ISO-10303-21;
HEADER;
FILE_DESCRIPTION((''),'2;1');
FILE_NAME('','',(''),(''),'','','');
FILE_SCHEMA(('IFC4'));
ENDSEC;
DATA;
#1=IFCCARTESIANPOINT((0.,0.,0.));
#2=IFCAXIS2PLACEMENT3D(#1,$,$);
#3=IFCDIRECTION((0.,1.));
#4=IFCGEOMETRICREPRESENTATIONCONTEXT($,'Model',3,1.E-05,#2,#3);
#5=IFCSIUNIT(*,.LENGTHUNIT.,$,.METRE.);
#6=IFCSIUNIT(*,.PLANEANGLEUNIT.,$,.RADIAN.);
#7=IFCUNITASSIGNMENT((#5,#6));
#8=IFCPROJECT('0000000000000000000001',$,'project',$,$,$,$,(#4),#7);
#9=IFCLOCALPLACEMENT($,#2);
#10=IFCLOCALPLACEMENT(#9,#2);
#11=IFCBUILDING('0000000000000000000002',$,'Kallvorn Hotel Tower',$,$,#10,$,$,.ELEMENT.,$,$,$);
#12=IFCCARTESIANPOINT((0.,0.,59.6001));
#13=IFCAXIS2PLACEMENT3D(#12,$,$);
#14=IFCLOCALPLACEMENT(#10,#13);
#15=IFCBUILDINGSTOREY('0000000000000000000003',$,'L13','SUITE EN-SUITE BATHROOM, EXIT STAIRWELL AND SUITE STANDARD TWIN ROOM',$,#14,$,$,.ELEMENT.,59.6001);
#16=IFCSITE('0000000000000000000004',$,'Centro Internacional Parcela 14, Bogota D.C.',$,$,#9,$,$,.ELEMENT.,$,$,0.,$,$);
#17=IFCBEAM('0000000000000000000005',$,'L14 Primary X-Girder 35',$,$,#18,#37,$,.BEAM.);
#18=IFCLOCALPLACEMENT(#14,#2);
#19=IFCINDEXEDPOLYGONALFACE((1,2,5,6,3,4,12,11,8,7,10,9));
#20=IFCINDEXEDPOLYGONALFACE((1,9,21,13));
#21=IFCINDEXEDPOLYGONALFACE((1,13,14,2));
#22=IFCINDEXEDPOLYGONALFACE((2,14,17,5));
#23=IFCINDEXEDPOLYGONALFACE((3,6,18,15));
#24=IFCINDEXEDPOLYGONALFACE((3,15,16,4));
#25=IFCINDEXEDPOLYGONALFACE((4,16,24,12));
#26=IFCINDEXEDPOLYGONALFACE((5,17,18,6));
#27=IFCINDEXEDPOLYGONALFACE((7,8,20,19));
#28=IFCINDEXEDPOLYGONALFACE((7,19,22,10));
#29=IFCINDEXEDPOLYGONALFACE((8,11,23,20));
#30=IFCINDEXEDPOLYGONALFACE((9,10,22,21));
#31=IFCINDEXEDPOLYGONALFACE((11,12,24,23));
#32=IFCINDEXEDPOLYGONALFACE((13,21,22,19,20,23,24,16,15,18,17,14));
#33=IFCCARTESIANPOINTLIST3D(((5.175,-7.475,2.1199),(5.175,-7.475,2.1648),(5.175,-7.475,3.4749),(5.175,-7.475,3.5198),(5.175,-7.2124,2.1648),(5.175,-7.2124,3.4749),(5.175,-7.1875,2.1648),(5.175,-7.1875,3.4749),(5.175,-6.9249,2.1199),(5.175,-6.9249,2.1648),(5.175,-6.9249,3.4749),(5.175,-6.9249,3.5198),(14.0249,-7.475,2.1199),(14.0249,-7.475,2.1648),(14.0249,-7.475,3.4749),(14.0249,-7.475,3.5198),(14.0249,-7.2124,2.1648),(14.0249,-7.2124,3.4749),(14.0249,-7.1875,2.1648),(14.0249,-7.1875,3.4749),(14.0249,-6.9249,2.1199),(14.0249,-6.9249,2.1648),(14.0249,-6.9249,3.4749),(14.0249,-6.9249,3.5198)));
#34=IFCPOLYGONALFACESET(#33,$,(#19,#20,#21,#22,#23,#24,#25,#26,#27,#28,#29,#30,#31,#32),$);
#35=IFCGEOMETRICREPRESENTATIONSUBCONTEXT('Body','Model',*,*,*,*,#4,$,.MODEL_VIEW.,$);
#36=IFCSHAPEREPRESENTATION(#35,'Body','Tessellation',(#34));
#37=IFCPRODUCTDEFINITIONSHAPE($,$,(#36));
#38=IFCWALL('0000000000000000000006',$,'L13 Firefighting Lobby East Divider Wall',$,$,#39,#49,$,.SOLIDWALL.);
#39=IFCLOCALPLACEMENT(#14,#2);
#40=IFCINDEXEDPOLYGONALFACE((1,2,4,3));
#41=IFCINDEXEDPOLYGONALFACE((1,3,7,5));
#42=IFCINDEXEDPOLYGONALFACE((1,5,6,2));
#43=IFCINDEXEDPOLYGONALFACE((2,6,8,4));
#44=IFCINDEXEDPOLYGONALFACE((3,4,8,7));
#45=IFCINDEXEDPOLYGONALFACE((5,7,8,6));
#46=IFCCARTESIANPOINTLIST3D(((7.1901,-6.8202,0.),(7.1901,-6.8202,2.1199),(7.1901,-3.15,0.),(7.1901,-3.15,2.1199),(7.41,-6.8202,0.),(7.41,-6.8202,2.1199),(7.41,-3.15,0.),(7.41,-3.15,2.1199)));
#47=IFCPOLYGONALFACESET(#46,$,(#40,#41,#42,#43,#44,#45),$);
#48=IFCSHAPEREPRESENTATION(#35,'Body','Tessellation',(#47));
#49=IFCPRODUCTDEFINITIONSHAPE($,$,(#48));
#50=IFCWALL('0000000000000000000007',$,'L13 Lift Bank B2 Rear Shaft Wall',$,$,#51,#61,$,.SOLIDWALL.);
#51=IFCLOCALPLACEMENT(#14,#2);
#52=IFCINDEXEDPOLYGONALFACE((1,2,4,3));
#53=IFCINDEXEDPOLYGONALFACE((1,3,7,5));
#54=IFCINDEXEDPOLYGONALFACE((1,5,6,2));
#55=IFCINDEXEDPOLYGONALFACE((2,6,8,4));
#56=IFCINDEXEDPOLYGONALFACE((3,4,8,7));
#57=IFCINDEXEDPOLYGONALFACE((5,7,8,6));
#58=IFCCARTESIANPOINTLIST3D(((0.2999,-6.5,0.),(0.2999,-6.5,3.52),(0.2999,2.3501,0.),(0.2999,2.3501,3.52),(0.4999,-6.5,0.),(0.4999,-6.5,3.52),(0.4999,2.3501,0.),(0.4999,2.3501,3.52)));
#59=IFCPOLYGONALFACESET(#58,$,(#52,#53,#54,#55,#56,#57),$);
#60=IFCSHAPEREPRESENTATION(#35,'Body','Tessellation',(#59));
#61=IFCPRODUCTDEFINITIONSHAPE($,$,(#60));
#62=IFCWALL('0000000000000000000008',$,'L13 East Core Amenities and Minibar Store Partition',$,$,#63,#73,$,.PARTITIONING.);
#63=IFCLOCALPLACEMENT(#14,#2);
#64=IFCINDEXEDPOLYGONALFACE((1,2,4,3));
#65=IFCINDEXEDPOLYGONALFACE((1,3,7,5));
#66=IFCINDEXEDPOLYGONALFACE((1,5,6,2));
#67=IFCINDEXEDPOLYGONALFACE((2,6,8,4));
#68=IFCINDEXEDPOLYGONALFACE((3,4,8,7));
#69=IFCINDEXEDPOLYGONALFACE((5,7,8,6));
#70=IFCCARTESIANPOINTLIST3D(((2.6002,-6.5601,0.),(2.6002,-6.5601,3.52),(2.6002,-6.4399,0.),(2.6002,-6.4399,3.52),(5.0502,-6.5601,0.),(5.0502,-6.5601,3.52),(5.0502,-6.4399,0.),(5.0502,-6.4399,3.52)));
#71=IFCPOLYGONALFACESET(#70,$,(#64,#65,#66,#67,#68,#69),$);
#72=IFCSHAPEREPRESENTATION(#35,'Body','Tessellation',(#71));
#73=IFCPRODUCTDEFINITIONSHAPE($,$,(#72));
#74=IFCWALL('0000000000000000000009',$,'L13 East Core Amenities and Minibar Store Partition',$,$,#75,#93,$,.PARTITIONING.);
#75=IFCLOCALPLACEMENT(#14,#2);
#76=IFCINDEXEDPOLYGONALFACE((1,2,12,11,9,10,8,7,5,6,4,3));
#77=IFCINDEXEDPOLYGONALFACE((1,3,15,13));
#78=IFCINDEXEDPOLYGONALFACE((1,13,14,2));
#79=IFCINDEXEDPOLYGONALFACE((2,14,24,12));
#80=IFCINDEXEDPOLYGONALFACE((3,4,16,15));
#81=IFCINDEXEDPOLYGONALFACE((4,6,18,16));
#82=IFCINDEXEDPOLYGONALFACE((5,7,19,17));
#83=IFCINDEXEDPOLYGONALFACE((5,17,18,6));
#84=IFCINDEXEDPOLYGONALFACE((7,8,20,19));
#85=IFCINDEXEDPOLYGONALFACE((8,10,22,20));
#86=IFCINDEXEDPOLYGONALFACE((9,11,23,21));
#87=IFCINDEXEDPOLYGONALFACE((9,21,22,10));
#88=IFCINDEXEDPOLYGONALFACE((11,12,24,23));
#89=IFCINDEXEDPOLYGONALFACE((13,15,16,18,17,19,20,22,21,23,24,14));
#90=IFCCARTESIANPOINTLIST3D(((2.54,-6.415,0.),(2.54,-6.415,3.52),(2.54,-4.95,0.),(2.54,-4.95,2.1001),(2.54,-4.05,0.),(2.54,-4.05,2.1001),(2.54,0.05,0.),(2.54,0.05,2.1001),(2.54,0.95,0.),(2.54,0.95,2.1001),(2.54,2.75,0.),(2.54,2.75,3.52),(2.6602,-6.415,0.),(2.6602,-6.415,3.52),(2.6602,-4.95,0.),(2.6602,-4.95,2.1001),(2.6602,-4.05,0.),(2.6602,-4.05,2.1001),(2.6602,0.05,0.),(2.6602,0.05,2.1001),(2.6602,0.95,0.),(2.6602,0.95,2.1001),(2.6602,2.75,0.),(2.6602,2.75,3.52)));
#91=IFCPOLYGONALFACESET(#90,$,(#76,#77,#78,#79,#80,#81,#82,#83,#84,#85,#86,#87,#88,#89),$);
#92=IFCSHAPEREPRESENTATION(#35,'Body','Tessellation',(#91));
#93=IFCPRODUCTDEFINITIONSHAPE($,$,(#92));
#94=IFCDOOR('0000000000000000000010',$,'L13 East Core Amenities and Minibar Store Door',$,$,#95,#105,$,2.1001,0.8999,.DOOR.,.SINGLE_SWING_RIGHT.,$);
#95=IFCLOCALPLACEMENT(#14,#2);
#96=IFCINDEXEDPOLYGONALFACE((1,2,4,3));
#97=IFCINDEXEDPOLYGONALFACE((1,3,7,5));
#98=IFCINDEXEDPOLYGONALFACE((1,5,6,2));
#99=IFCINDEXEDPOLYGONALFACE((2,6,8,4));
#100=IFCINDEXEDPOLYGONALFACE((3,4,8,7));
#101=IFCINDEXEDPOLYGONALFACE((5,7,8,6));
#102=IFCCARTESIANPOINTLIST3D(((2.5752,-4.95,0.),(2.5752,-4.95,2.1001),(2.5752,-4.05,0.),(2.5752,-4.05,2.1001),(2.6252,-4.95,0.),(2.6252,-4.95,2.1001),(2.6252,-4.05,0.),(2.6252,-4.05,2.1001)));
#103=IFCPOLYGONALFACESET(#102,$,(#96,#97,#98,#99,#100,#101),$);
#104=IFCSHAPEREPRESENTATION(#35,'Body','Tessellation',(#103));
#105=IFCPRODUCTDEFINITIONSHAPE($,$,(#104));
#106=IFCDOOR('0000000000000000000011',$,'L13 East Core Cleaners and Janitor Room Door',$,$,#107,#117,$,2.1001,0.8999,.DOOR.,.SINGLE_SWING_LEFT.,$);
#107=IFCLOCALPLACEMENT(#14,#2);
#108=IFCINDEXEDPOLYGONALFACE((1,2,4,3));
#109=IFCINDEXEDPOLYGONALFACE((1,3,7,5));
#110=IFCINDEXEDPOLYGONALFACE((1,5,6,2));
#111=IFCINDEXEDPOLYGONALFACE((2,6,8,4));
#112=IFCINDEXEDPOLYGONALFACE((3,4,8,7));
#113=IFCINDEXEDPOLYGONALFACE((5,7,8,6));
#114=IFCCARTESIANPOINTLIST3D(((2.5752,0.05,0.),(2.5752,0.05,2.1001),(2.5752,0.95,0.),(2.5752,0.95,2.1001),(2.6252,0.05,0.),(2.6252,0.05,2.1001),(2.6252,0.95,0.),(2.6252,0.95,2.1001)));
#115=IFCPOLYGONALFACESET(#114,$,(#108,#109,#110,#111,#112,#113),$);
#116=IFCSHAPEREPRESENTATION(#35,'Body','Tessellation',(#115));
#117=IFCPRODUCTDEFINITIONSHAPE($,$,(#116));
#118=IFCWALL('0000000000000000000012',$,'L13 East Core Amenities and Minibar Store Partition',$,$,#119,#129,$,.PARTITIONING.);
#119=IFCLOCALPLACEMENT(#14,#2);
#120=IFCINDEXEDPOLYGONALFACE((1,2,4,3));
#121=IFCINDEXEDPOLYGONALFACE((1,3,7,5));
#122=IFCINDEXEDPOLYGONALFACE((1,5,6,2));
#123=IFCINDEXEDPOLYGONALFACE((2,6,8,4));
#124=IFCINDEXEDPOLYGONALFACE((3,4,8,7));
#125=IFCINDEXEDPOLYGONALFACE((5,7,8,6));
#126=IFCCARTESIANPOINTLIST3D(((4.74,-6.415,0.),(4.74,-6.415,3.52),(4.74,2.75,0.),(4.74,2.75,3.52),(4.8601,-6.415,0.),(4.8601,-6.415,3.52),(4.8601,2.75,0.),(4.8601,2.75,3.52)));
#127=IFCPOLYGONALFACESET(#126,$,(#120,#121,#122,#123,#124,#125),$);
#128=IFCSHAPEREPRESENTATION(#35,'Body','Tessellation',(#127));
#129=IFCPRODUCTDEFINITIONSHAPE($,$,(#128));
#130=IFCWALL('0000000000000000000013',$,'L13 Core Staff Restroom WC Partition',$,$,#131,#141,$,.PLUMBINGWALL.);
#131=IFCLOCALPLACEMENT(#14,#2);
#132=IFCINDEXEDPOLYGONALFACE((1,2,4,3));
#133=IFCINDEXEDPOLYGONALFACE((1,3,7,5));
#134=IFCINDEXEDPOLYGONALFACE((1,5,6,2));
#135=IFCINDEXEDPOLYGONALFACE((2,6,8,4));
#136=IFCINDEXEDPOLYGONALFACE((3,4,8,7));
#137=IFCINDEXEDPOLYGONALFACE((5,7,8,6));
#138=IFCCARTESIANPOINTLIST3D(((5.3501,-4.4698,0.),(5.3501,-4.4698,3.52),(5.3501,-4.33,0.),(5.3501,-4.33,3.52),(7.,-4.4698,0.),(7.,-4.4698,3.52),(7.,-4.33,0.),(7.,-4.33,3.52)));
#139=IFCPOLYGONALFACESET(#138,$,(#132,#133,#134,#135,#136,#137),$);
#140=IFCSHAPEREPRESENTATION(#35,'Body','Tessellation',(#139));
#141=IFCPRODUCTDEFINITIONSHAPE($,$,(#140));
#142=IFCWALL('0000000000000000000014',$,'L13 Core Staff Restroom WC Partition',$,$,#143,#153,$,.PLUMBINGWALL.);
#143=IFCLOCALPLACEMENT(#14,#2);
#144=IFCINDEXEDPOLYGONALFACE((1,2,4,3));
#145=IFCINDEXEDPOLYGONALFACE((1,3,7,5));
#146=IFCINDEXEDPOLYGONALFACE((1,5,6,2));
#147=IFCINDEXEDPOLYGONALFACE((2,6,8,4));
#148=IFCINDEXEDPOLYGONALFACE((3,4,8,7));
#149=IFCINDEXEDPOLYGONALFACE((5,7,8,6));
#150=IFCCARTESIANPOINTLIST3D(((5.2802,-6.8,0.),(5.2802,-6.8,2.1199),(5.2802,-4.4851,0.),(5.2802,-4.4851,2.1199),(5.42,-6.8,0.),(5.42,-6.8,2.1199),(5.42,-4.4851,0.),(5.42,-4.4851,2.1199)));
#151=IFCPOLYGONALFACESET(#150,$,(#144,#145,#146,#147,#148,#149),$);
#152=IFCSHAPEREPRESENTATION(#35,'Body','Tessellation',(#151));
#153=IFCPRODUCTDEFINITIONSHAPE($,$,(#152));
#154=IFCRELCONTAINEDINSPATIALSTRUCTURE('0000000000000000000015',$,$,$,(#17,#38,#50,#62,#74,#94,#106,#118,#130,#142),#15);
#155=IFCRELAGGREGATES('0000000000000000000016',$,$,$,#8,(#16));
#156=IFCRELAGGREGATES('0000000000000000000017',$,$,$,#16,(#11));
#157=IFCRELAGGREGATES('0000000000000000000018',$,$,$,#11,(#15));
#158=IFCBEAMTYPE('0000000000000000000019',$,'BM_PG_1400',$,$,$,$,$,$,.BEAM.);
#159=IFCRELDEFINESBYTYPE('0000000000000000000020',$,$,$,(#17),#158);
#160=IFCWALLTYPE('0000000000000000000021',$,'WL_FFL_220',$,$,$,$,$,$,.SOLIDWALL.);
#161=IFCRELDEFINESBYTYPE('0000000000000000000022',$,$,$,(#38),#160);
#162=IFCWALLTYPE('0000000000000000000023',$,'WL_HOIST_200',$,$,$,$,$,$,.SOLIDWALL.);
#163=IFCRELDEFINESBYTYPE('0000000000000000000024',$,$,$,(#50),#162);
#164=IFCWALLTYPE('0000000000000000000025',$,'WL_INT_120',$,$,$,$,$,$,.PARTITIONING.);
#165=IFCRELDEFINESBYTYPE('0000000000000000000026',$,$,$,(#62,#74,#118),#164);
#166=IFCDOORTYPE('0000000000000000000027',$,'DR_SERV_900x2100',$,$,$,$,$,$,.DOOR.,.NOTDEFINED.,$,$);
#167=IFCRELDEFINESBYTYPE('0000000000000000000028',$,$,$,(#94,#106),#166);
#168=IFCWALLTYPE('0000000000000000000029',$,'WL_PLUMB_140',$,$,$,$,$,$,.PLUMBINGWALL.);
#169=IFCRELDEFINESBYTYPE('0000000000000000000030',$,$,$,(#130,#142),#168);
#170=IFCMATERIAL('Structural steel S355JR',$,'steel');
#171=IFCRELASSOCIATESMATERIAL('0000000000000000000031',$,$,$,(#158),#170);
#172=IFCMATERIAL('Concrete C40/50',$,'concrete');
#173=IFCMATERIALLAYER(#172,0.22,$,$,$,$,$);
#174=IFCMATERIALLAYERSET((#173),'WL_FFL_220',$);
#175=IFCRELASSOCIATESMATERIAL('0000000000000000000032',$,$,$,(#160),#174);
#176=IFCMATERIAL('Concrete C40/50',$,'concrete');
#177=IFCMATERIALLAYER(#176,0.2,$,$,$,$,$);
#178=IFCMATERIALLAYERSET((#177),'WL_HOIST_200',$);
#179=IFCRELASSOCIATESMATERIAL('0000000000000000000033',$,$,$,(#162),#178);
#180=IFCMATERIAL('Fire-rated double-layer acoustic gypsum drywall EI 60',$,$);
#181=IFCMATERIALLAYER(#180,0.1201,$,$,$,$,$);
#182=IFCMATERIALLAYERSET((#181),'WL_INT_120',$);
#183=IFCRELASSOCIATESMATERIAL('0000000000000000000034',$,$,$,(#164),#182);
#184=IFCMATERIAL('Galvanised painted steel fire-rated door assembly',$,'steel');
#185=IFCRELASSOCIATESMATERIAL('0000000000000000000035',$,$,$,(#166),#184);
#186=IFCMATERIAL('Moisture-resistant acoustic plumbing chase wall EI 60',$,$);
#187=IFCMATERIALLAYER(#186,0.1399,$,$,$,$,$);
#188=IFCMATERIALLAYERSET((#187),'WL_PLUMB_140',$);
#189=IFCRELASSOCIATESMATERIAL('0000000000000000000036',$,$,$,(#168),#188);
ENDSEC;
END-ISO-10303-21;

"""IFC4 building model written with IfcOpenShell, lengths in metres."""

from ifc_helpers import new_model, si_unit, direction, frame, frame_2d, origin, origin_2d, place, context, subcontext, project, spatial, rectangle, i_section, extrude, material, layer, layer_set, material_profile, profile_set, type_object, element, fill, save


model = new_model("IFC4")

# Units and contexts
model_context = context("Model", 3, precision=1e-05, world=origin(), true_north=direction((0.0, 1.0)))
body_context = subcontext(model_context, "Body", "Model", "MODEL_VIEW")
ifc_project = project(units=[si_unit("LENGTHUNIT", "METRE"), si_unit("PLANEANGLEUNIT", "RADIAN")], contexts=[model_context])

# Site, building, storey
site_placement = place(None, origin())
site = spatial("IfcSite", under=ifc_project, at=site_placement, Name="Centro Internacional Parcela 14, Bogota D.C.", CompositionType="ELEMENT", RefElevation=0.0)
building_placement = place(site_placement, origin())
building = spatial("IfcBuilding", under=site, at=building_placement, Name="Kallvorn Hotel Tower", CompositionType="ELEMENT")
storey_placement = place(building_placement, frame((0.0, 0.0, 59.6001)))
storey = spatial("IfcBuildingStorey", under=building, at=storey_placement, Name="L13", Description="SUITE EN-SUITE BATHROOM, EXIT STAIRWELL AND SUITE STANDARD TWIN ROOM", CompositionType="ELEMENT", Elevation=59.6001)

# Beam
ifc_material_1 = material(Name="Structural steel S355JR", Category="steel")
ifc_material_profile_1 = material_profile(ifc_material_1, i_section(OverallWidth=0.55, OverallDepth=1.3999, WebThickness=0.0249, FlangeThickness=0.0449, at=origin_2d()), Name="PG 1400x550x25x45")
ifc_profile_set_1 = profile_set([ifc_material_profile_1], Name="Structural steel S355JR")
beam_type_1 = type_object("IfcBeamType", Name="BM_PG_1400", PredefinedType="BEAM", material=ifc_profile_set_1)
beam_1_placement = place(storey_placement, frame((5.175, -7.2, 2.8198), z_axis=(1.0, 0.0, 0.0), x_axis=(0.0, 1.0, 0.0)))
element("IfcBeam", 1, at=beam_1_placement, inside=storey, type_object=beam_type_1, Name="L14 Primary X-Girder 35", PredefinedType="BEAM", context=body_context, shape_type="SweptSolid", body=[
    extrude(i_section(OverallWidth=0.55, OverallDepth=1.3999, WebThickness=0.0249, FlangeThickness=0.0449, at=origin_2d()), origin(), (0.0, 0.0, 1.0), 8.8499),
])

# Walls
ifc_material_2 = material(Name="Concrete C40/50", Category="concrete")
ifc_layer_1 = layer(ifc_material_2, 0.22)
ifc_layer_set_1 = layer_set([ifc_layer_1], Name="WL_FFL_220")
wall_type_1 = type_object("IfcWallType", Name="WL_FFL_220", PredefinedType="SOLIDWALL", material=ifc_layer_set_1)
wall_1_placement = place(storey_placement, frame((7.3, -6.8201, 0.0), z_axis=(0.0, 0.0, 1.0), x_axis=(0.0, 1.0, 0.0)))
element("IfcWall", 2, at=wall_1_placement, inside=storey, type_object=wall_type_1, Name="L13 Firefighting Lobby East Divider Wall", PredefinedType="SOLIDWALL", context=body_context, shape_type="SweptSolid", body=[
    extrude(rectangle(XDim=3.6702, YDim=0.22, at=frame_2d((1.835, 0.0))), origin(), (0.0, 0.0, 1.0), 2.1199),
])
ifc_material_3 = material(Name="Concrete C40/50", Category="concrete")
ifc_layer_2 = layer(ifc_material_3, 0.2)
ifc_layer_set_2 = layer_set([ifc_layer_2], Name="WL_HOIST_200")
wall_type_2 = type_object("IfcWallType", Name="WL_HOIST_200", PredefinedType="SOLIDWALL", material=ifc_layer_set_2)
wall_2_placement = place(storey_placement, frame((0.3999, -6.5, 0.0), z_axis=(0.0, 0.0, 1.0), x_axis=(0.0, 1.0, 0.0)))
element("IfcWall", 3, at=wall_2_placement, inside=storey, type_object=wall_type_2, Name="L13 Lift Bank B2 Rear Shaft Wall", PredefinedType="SOLIDWALL", context=body_context, shape_type="SweptSolid", body=[
    extrude(rectangle(XDim=8.8501, YDim=0.2, at=frame_2d((4.425, 0.0))), origin(), (0.0, 0.0, 1.0), 3.52),
])
ifc_material_4 = material(Name="Fire-rated double-layer acoustic gypsum drywall EI 60")
ifc_layer_3 = layer(ifc_material_4, 0.1201)
ifc_layer_set_3 = layer_set([ifc_layer_3], Name="WL_INT_120")
wall_type_3 = type_object("IfcWallType", Name="WL_INT_120", PredefinedType="PARTITIONING", material=ifc_layer_set_3)
wall_3_placement = place(storey_placement, frame((2.6001, -6.5, 0.0), z_axis=(0.0, 0.0, 1.0), x_axis=(1.0, 0.0, 0.0)))
element("IfcWall", 4, at=wall_3_placement, inside=storey, type_object=wall_type_3, Name="L13 East Core Amenities and Minibar Store Partition", PredefinedType="PARTITIONING", context=body_context, shape_type="SweptSolid", body=[
    extrude(rectangle(XDim=2.45, YDim=0.1201, at=frame_2d((1.2251, 0.0))), origin(), (0.0, 0.0, 1.0), 3.52),
])

# Wall, openings, doors
wall_4_placement = place(storey_placement, frame((2.6001, -6.415, 0.0), z_axis=(0.0, 0.0, 1.0), x_axis=(0.0, 1.0, 0.0)))
wall_4 = element("IfcWall", 5, at=wall_4_placement, inside=storey, type_object=wall_type_3, Name="L13 East Core Amenities and Minibar Store Partition", PredefinedType="PARTITIONING", context=body_context, shape_type="SweptSolid", body=[
    extrude(rectangle(XDim=9.165, YDim=0.1201, at=frame_2d((4.5825, 0.0))), origin(), (0.0, 0.0, 1.0), 3.52),
])
opening_1_placement = place(wall_4_placement, frame((1.4651, 0.0, 0.0)))
opening_1 = element("IfcOpeningElement", 6, at=opening_1_placement, cuts=wall_4, PredefinedType="OPENING", context=body_context, shape_type="SweptSolid", body=[
    extrude(rectangle(XDim=0.8999, YDim=2.1001, at=frame_2d((0.45, 1.05))), frame((0.0, 0.075, 0.0), z_axis=(0.0, -1.0, 0.0), x_axis=(1.0, 0.0, 0.0)), (0.0, 0.0, 1.0), 0.1501),
])
opening_2_placement = place(wall_4_placement, frame((6.4651, 0.0, 0.0)))
opening_2 = element("IfcOpeningElement", 7, at=opening_2_placement, cuts=wall_4, PredefinedType="OPENING", context=body_context, shape_type="SweptSolid", body=[
    extrude(rectangle(XDim=0.8999, YDim=2.1001, at=frame_2d((0.45, 1.05))), frame((0.0, 0.075, 0.0), z_axis=(0.0, -1.0, 0.0), x_axis=(1.0, 0.0, 0.0)), (0.0, 0.0, 1.0), 0.1501),
])
ifc_material_5 = material(Name="Galvanised painted steel fire-rated door assembly", Category="steel")
door_type_1 = type_object("IfcDoorType", Name="DR_SERV_900x2100", OperationType="NOTDEFINED", PredefinedType="DOOR", material=ifc_material_5)
door_1_placement = place(opening_1_placement, origin())
door_1 = element("IfcDoor", 8, at=door_1_placement, inside=storey, type_object=door_type_1, Name="L13 East Core Amenities and Minibar Store Door", OperationType="SINGLE_SWING_RIGHT", OverallHeight=2.1001, OverallWidth=0.8999, PredefinedType="DOOR", context=body_context, shape_type="SweptSolid", body=[
    extrude(rectangle(XDim=0.8999, YDim=2.1001, at=frame_2d((0.45, 1.05))), frame((0.0, 0.0249, 0.0), z_axis=(0.0, -1.0, 0.0), x_axis=(1.0, 0.0, 0.0)), (0.0, 0.0, 1.0), 0.05),
])
fill(opening_1, door_1)
door_2_placement = place(opening_2_placement, origin())
door_2 = element("IfcDoor", 9, at=door_2_placement, inside=storey, type_object=door_type_1, Name="L13 East Core Cleaners and Janitor Room Door", OperationType="SINGLE_SWING_LEFT", OverallHeight=2.1001, OverallWidth=0.8999, PredefinedType="DOOR", context=body_context, shape_type="SweptSolid", body=[
    extrude(rectangle(XDim=0.8999, YDim=2.1001, at=frame_2d((0.45, 1.05))), frame((0.0, 0.0249, 0.0), z_axis=(0.0, -1.0, 0.0), x_axis=(1.0, 0.0, 0.0)), (0.0, 0.0, 1.0), 0.05),
])
fill(opening_2, door_2)

# Walls
wall_5_placement = place(storey_placement, frame((4.8, -6.415, 0.0), z_axis=(0.0, 0.0, 1.0), x_axis=(0.0, 1.0, 0.0)))
element("IfcWall", 10, at=wall_5_placement, inside=storey, type_object=wall_type_3, Name="L13 East Core Amenities and Minibar Store Partition", PredefinedType="PARTITIONING", context=body_context, shape_type="SweptSolid", body=[
    extrude(rectangle(XDim=9.165, YDim=0.1201, at=frame_2d((4.5825, 0.0))), origin(), (0.0, 0.0, 1.0), 3.52),
])
ifc_material_6 = material(Name="Moisture-resistant acoustic plumbing chase wall EI 60")
ifc_layer_4 = layer(ifc_material_6, 0.1399)
ifc_layer_set_4 = layer_set([ifc_layer_4], Name="WL_PLUMB_140")
wall_type_4 = type_object("IfcWallType", Name="WL_PLUMB_140", PredefinedType="PLUMBINGWALL", material=ifc_layer_set_4)
wall_6_placement = place(storey_placement, frame((5.3501, -4.3999, 0.0), z_axis=(0.0, 0.0, 1.0), x_axis=(1.0, 0.0, 0.0)))
element("IfcWall", 11, at=wall_6_placement, inside=storey, type_object=wall_type_4, Name="L13 Core Staff Restroom WC Partition", PredefinedType="PLUMBINGWALL", context=body_context, shape_type="SweptSolid", body=[
    extrude(rectangle(XDim=1.6499, YDim=0.1399, at=frame_2d((0.825, 0.0))), origin(), (0.0, 0.0, 1.0), 3.52),
])
wall_7_placement = place(storey_placement, frame((5.3501, -6.8, 0.0), z_axis=(0.0, 0.0, 1.0), x_axis=(0.0, 1.0, 0.0)))
element("IfcWall", 12, at=wall_7_placement, inside=storey, type_object=wall_type_4, Name="L13 Core Staff Restroom WC Partition", PredefinedType="PLUMBINGWALL", context=body_context, shape_type="SweptSolid", body=[
    extrude(rectangle(XDim=2.3149, YDim=0.1399, at=frame_2d((1.1575, 0.0))), origin(), (0.0, 0.0, 1.0), 2.1199),
])

save(model, "model.ifc")
